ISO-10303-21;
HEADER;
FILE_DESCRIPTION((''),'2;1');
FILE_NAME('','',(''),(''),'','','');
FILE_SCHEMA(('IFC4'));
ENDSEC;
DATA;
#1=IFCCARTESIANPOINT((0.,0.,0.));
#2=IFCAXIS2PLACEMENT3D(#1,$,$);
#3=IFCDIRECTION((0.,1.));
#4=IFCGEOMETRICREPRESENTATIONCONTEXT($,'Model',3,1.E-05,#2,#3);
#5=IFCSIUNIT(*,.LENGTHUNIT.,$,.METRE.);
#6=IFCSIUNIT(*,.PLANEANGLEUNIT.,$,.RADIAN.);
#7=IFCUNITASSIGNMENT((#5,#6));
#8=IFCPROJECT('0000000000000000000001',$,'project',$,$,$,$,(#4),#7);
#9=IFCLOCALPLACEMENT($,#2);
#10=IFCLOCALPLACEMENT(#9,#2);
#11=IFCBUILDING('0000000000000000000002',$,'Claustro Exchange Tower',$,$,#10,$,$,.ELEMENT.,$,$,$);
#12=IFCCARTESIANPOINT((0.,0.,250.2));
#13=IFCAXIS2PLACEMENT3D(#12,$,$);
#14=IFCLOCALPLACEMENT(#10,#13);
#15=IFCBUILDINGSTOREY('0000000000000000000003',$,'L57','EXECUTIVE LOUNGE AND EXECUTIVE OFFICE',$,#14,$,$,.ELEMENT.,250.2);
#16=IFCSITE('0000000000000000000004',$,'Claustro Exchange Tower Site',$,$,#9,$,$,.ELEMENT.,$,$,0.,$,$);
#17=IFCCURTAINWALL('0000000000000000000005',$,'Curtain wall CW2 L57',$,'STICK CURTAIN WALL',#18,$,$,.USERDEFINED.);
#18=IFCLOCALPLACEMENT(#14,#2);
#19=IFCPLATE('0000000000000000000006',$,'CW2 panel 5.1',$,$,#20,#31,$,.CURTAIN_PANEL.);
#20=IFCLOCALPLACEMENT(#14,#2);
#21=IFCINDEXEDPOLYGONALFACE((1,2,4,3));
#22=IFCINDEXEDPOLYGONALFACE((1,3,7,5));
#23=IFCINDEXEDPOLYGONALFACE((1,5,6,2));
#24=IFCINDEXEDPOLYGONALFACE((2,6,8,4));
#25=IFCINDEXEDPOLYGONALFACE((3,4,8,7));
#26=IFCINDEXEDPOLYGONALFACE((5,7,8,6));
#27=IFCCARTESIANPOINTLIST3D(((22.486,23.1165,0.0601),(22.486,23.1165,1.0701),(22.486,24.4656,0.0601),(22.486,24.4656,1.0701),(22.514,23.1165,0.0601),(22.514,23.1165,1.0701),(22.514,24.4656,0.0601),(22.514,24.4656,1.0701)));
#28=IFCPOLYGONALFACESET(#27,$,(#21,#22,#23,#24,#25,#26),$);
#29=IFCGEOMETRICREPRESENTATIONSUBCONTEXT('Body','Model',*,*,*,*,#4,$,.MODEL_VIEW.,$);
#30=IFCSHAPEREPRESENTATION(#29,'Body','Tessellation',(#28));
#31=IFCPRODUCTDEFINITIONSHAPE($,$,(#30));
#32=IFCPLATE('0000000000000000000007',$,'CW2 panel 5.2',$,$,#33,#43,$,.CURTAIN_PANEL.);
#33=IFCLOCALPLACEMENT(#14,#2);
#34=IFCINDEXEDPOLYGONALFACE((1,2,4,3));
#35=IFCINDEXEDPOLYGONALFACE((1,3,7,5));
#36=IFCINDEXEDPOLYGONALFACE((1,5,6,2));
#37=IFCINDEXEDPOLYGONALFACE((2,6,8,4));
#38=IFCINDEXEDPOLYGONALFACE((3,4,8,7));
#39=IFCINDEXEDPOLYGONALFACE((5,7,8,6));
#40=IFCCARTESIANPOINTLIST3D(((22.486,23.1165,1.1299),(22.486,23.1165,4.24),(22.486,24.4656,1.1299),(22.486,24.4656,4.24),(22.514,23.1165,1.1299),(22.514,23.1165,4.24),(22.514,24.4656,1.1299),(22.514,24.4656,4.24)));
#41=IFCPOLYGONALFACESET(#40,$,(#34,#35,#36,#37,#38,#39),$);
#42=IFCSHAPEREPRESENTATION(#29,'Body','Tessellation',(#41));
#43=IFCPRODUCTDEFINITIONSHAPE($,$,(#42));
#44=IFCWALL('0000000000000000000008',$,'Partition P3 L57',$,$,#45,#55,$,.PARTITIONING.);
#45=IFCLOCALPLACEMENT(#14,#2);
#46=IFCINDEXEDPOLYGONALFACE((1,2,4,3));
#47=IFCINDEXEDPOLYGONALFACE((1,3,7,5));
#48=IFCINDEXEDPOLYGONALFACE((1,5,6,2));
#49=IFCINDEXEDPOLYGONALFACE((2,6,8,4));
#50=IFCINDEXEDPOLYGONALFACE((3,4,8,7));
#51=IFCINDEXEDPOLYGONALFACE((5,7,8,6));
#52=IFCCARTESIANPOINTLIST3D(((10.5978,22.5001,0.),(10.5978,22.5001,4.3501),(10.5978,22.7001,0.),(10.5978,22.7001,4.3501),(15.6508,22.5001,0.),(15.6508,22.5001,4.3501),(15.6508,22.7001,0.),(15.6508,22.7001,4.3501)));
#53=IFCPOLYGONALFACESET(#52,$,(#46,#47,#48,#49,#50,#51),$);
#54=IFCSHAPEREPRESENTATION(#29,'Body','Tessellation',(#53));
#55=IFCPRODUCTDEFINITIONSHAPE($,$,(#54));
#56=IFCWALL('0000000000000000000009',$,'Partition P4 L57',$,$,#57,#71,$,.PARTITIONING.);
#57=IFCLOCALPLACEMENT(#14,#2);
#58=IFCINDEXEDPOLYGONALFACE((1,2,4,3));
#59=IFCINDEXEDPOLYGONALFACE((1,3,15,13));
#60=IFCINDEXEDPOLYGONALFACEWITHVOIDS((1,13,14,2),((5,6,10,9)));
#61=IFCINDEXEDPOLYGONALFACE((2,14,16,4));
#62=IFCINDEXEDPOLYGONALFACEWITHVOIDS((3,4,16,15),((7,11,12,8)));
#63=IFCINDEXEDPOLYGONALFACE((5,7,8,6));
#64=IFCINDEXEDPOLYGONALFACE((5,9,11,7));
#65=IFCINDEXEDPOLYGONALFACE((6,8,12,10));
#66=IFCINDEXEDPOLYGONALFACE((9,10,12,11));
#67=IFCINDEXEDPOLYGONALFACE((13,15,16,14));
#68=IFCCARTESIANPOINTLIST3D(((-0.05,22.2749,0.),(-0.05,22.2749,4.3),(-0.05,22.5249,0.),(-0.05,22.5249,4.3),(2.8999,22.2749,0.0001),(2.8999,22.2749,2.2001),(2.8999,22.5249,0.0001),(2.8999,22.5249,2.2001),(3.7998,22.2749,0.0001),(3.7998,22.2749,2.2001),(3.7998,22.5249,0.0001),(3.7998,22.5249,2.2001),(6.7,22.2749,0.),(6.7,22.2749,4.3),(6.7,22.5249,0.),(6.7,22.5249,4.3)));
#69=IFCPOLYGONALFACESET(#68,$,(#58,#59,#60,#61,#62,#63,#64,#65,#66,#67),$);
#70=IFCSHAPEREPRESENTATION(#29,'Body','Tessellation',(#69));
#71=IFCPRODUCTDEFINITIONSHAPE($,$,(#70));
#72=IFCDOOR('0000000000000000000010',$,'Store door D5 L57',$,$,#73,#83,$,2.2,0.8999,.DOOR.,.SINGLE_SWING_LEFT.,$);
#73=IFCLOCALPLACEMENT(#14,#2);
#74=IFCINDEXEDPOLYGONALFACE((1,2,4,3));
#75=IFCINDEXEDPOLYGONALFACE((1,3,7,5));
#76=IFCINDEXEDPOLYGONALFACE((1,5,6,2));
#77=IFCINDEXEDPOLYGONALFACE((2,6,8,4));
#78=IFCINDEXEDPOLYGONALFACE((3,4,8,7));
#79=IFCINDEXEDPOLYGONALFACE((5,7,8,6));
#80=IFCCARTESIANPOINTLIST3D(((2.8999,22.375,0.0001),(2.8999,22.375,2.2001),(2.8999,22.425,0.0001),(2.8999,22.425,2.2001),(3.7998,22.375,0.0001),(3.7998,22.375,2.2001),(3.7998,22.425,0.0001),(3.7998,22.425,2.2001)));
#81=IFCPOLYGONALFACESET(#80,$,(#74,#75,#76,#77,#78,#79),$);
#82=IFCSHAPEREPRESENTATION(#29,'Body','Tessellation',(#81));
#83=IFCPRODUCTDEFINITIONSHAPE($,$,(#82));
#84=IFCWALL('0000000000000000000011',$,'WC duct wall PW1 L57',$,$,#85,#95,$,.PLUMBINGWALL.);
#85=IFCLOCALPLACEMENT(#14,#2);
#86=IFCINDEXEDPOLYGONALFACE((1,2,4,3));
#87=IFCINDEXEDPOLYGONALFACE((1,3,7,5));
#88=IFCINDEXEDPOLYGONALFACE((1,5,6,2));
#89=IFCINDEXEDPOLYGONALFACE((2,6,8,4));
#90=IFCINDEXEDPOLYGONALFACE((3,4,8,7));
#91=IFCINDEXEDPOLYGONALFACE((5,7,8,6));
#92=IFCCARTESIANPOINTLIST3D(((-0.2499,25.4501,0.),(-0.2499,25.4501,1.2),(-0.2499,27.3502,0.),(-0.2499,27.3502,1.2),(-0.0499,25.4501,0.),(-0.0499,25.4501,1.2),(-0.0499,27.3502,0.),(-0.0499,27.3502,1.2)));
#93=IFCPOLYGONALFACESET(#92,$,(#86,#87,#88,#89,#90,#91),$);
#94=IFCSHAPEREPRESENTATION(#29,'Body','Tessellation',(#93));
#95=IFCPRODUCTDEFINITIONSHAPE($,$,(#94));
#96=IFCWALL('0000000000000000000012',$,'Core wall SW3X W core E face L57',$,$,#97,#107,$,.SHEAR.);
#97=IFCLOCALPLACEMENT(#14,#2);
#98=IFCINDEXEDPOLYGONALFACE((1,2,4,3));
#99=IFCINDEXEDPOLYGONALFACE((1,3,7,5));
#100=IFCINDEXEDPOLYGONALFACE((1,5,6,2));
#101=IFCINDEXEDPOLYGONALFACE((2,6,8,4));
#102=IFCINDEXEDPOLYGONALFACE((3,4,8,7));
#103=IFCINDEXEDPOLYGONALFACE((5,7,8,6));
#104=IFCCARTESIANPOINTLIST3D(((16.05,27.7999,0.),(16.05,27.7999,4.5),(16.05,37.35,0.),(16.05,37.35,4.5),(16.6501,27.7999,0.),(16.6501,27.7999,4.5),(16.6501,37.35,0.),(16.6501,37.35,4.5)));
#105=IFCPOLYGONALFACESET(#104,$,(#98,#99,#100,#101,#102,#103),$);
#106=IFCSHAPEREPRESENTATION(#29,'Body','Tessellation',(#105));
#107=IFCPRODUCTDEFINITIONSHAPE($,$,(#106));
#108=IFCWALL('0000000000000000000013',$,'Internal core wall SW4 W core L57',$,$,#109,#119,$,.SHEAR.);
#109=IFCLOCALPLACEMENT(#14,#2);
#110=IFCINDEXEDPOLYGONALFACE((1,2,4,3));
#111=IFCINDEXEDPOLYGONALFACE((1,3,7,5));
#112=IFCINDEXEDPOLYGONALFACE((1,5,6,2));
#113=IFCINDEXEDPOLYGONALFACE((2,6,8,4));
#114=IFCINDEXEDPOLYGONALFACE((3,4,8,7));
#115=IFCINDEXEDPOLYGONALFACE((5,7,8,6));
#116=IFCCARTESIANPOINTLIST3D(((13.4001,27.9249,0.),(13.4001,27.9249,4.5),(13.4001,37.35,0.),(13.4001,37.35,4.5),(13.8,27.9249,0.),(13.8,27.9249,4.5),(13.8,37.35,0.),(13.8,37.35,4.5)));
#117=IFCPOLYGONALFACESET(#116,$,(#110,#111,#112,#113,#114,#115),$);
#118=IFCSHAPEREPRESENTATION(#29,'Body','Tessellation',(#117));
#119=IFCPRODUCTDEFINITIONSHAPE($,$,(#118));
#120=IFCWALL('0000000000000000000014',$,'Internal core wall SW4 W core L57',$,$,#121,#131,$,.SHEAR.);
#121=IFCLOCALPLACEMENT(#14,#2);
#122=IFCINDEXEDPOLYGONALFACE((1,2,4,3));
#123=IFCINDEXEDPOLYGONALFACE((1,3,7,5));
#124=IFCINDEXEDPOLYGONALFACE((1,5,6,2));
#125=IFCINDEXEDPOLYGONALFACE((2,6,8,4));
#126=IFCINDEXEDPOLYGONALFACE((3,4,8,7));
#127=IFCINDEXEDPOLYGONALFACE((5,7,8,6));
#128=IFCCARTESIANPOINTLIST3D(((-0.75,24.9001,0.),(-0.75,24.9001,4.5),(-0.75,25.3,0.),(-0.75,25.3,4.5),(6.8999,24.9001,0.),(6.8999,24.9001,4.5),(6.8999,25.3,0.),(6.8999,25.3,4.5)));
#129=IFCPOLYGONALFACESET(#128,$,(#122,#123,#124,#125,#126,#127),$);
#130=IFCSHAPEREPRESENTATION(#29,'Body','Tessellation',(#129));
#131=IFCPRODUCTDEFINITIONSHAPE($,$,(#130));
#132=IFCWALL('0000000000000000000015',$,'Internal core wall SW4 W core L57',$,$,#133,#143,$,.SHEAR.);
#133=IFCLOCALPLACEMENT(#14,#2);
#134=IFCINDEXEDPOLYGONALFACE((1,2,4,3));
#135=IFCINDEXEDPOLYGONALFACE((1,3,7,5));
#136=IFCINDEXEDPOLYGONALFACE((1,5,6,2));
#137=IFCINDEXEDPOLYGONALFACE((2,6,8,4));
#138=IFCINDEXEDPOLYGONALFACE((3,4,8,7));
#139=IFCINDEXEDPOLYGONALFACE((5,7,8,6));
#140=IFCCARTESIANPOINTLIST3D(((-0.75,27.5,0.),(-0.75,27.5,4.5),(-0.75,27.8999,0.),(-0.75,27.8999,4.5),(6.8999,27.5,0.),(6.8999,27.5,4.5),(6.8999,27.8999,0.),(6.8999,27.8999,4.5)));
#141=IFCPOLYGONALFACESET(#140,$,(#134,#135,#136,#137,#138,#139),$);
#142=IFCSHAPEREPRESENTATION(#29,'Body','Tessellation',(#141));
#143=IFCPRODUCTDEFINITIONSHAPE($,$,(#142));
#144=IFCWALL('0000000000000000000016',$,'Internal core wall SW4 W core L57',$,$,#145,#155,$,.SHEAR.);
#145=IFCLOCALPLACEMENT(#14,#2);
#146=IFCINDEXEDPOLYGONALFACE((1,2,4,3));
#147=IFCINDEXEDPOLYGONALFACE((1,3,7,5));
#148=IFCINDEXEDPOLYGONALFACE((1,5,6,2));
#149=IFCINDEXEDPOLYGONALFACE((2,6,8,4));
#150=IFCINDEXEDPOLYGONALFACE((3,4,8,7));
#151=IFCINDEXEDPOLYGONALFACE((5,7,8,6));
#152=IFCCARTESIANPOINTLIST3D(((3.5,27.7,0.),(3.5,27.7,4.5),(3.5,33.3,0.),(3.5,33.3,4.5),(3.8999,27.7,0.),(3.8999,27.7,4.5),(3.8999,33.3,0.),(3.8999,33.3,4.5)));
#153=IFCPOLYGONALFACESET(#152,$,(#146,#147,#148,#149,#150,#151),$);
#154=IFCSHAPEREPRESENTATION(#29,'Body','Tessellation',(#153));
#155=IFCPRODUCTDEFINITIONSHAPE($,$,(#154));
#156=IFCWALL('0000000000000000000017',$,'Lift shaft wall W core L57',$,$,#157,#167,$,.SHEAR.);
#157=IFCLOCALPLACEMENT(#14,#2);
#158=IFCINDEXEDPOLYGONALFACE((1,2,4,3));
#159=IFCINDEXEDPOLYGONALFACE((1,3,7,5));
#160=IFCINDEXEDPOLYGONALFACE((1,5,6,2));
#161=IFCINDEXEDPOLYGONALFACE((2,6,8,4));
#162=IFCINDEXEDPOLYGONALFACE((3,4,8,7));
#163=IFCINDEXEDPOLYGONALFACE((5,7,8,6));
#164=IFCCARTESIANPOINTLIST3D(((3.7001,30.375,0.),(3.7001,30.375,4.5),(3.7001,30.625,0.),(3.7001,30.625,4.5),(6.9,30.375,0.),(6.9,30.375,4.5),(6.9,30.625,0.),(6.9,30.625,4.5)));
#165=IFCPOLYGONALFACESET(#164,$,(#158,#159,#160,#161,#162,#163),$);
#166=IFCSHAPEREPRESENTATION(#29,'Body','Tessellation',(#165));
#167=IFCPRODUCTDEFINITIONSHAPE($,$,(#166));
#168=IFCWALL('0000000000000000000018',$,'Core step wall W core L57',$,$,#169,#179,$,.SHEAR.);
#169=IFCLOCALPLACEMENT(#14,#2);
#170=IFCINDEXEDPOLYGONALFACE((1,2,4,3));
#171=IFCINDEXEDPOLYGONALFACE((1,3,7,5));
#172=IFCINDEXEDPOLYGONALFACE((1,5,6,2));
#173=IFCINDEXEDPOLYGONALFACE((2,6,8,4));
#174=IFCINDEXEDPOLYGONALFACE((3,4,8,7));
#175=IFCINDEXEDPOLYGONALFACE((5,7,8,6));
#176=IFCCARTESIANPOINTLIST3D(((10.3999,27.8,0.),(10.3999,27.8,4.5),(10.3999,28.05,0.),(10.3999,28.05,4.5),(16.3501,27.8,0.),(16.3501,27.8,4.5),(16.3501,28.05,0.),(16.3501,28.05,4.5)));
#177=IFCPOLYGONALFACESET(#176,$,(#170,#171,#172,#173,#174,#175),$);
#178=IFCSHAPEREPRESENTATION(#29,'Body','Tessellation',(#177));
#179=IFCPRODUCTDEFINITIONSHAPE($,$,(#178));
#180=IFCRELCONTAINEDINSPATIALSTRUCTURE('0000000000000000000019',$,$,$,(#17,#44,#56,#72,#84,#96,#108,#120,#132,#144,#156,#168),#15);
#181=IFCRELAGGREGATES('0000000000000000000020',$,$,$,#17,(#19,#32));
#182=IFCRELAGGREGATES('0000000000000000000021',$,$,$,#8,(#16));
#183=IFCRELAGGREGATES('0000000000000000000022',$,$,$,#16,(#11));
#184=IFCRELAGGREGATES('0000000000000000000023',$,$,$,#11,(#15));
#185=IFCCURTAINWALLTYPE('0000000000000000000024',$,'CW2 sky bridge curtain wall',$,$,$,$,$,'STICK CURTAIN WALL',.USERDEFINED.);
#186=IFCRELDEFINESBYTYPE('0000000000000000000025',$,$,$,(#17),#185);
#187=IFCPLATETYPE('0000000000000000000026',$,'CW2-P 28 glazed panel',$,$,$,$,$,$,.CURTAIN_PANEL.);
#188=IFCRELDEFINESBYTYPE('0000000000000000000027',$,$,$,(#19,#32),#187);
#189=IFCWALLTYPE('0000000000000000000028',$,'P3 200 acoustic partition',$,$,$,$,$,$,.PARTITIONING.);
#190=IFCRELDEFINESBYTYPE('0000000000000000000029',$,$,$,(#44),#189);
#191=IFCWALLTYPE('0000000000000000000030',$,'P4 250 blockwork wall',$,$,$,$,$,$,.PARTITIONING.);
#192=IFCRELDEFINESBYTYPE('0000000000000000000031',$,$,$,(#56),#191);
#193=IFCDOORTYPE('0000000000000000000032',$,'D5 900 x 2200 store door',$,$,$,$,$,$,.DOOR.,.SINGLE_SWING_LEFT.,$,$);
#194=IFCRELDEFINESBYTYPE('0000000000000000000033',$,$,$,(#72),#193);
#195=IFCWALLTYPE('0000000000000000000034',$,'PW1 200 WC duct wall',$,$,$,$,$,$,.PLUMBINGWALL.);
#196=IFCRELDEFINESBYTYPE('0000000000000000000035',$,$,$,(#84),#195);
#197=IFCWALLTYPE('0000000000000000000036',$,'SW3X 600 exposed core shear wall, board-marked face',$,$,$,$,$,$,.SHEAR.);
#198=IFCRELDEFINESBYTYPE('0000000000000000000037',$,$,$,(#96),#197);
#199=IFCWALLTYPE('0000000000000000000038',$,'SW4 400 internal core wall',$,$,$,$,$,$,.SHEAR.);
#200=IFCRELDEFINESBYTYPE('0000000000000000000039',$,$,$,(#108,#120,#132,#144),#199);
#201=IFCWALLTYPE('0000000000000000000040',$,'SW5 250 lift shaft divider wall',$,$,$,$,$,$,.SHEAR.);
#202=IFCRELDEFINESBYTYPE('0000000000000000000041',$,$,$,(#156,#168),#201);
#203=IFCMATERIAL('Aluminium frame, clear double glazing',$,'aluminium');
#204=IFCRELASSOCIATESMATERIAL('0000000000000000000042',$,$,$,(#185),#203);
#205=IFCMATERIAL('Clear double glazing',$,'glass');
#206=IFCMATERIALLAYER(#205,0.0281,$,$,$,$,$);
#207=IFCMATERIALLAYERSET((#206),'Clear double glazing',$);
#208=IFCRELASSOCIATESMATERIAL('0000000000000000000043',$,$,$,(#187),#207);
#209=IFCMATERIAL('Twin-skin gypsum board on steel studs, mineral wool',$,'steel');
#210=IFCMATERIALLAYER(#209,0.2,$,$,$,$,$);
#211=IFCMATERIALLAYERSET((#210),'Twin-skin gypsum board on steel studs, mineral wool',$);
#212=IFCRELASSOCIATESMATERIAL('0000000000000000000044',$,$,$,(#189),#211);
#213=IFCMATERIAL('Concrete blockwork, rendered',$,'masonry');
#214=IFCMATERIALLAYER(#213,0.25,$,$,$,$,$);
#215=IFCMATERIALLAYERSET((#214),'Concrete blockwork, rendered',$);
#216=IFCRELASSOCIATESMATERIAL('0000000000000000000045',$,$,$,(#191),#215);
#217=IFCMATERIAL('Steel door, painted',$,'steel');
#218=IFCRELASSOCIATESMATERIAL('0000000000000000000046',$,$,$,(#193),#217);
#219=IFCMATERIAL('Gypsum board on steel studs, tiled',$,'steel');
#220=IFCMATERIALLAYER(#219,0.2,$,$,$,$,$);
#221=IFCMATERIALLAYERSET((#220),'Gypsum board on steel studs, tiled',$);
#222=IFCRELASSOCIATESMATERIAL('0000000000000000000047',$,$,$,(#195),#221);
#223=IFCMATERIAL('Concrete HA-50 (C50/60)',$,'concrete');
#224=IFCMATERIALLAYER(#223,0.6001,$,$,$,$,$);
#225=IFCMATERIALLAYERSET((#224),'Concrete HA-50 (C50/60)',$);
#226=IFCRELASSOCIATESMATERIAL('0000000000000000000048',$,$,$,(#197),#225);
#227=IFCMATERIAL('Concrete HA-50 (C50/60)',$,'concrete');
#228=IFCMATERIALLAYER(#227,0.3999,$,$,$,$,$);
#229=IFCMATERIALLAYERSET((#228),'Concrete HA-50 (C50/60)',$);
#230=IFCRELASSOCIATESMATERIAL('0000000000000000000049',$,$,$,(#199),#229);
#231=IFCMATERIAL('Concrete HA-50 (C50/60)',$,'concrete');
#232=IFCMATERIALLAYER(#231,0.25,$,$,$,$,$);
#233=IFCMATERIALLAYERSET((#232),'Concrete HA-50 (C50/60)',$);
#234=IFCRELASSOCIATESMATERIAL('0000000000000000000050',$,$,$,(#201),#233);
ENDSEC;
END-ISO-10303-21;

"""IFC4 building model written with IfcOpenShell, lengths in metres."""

from ifc_helpers import new_model, si_unit, direction, frame, frame_2d, origin, origin_2d, place, context, subcontext, project, spatial, rectangle, extrude, material, layer, layer_set, type_object, element, fill, aggregate, save


model = new_model("IFC4")

# Units and contexts
model_context = context("Model", 3, precision=1e-05, world=origin(), true_north=direction((0.0, 1.0)))
body_context = subcontext(model_context, "Body", "Model", "MODEL_VIEW")
ifc_project = project(units=[si_unit("LENGTHUNIT", "METRE"), si_unit("PLANEANGLEUNIT", "RADIAN")], contexts=[model_context])

# Site, building, storey
site_placement = place(None, origin())
site = spatial("IfcSite", under=ifc_project, at=site_placement, Name="Claustro Exchange Tower Site", CompositionType="ELEMENT", RefElevation=0.0)
building_placement = place(site_placement, origin())
building = spatial("IfcBuilding", under=site, at=building_placement, Name="Claustro Exchange Tower", CompositionType="ELEMENT")
storey_placement = place(building_placement, frame((0.0, 0.0, 250.2)))
storey = spatial("IfcBuildingStorey", under=building, at=storey_placement, Name="L57", Description="EXECUTIVE LOUNGE AND EXECUTIVE OFFICE", CompositionType="ELEMENT", Elevation=250.2)

# Curtain wall, plates
ifc_material_1 = material(Name="Aluminium frame, clear double glazing", Category="aluminium")
curtain_wall_type = type_object("IfcCurtainWallType", Name="CW2 sky bridge curtain wall", ElementType="STICK CURTAIN WALL", PredefinedType="USERDEFINED", material=ifc_material_1)
curtain_wall_placement = place(storey_placement, origin())
curtain_wall = element("IfcCurtainWall", 1, at=curtain_wall_placement, inside=storey, type_object=curtain_wall_type, Name="Curtain wall CW2 L57", ObjectType="STICK CURTAIN WALL", PredefinedType="USERDEFINED")
ifc_material_2 = material(Name="Clear double glazing", Category="glass")
ifc_layer_1 = layer(ifc_material_2, 0.0281)
ifc_layer_set_1 = layer_set([ifc_layer_1], Name="Clear double glazing")
plate_type = type_object("IfcPlateType", Name="CW2-P 28 glazed panel", PredefinedType="CURTAIN_PANEL", material=ifc_layer_set_1)
plate_1_placement = place(storey_placement, frame((22.5, 23.791, 0.0601), z_axis=(0.0, 0.0, 1.0), x_axis=(0.0, 1.0, 0.0)))
plate_1 = element("IfcPlate", 2, at=plate_1_placement, type_object=plate_type, Name="CW2 panel 5.1", PredefinedType="CURTAIN_PANEL", context=body_context, shape_type="SweptSolid", body=[
    extrude(rectangle(XDim=1.3491, YDim=0.0281, at=origin_2d()), origin(), (0.0, 0.0, 1.0), 1.01),
])
plate_2_placement = place(storey_placement, frame((22.5, 23.791, 1.1299), z_axis=(0.0, 0.0, 1.0), x_axis=(0.0, 1.0, 0.0)))
plate_2 = element("IfcPlate", 3, at=plate_2_placement, type_object=plate_type, Name="CW2 panel 5.2", PredefinedType="CURTAIN_PANEL", context=body_context, shape_type="SweptSolid", body=[
    extrude(rectangle(XDim=1.3491, YDim=0.0281, at=origin_2d()), origin(), (0.0, 0.0, 1.0), 3.1101),
])
aggregate(curtain_wall, [plate_1, plate_2])

# Wall
ifc_material_3 = material(Name="Twin-skin gypsum board on steel studs, mineral wool", Category="steel")
ifc_layer_2 = layer(ifc_material_3, 0.2)
ifc_layer_set_2 = layer_set([ifc_layer_2], Name="Twin-skin gypsum board on steel studs, mineral wool")
wall_type_1 = type_object("IfcWallType", Name="P3 200 acoustic partition", PredefinedType="PARTITIONING", material=ifc_layer_set_2)
wall_1_placement = place(storey_placement, frame((10.5979, 22.6001, 0.0), z_axis=(0.0, 0.0, 1.0), x_axis=(1.0, 0.0, 0.0)))
element("IfcWall", 4, at=wall_1_placement, inside=storey, type_object=wall_type_1, Name="Partition P3 L57", PredefinedType="PARTITIONING", context=body_context, shape_type="SweptSolid", body=[
    extrude(rectangle(XDim=5.053, YDim=0.2, at=frame_2d((2.5264, 0.0))), origin(), (0.0, 0.0, 1.0), 4.3501),
])

# Wall, opening, door
ifc_material_4 = material(Name="Concrete blockwork, rendered", Category="masonry")
ifc_layer_3 = layer(ifc_material_4, 0.25)
ifc_layer_set_3 = layer_set([ifc_layer_3], Name="Concrete blockwork, rendered")
wall_type_2 = type_object("IfcWallType", Name="P4 250 blockwork wall", PredefinedType="PARTITIONING", material=ifc_layer_set_3)
wall_2_placement = place(storey_placement, frame((-0.05, 22.3999, 0.0), z_axis=(0.0, 0.0, 1.0), x_axis=(1.0, 0.0, 0.0)))
wall_2 = element("IfcWall", 5, at=wall_2_placement, inside=storey, type_object=wall_type_2, Name="Partition P4 L57", PredefinedType="PARTITIONING", context=body_context, shape_type="SweptSolid", body=[
    extrude(rectangle(XDim=6.75, YDim=0.25, at=frame_2d((3.375, 0.0))), origin(), (0.0, 0.0, 1.0), 4.3),
])
opening_placement = place(wall_2_placement, frame((2.95, 0.0, 0.0)))
opening = element("IfcOpeningElement", 6, at=opening_placement, cuts=wall_2, PredefinedType="OPENING", context=body_context, shape_type="SweptSolid", body=[
    extrude(rectangle(XDim=0.8999, YDim=2.2, at=frame_2d((0.45, 1.1001))), frame((0.0, 0.135, 0.0), z_axis=(0.0, -1.0, 0.0), x_axis=(1.0, 0.0, 0.0)), (0.0, 0.0, 1.0), 0.27),
])
ifc_material_5 = material(Name="Steel door, painted", Category="steel")
door_type = type_object("IfcDoorType", Name="D5 900 x 2200 store door", OperationType="SINGLE_SWING_LEFT", PredefinedType="DOOR", material=ifc_material_5)
door_placement = place(opening_placement, frame((0.8999, 0.0, 0.0), z_axis=(0.0, 0.0, 1.0), x_axis=(-1.0, 0.0, 0.0)))
door = element("IfcDoor", 7, at=door_placement, inside=storey, type_object=door_type, Name="Store door D5 L57", OperationType="SINGLE_SWING_LEFT", OverallHeight=2.2, OverallWidth=0.8999, PredefinedType="DOOR", context=body_context, shape_type="SweptSolid", body=[
    extrude(rectangle(XDim=0.8999, YDim=2.2, at=frame_2d((0.45, 1.1001))), frame((0.0, 0.0249, 0.0), z_axis=(0.0, -1.0, 0.0), x_axis=(1.0, 0.0, 0.0)), (0.0, 0.0, 1.0), 0.05),
])
fill(opening, door)

# Walls
ifc_material_6 = material(Name="Gypsum board on steel studs, tiled", Category="steel")
ifc_layer_4 = layer(ifc_material_6, 0.2)
ifc_layer_set_4 = layer_set([ifc_layer_4], Name="Gypsum board on steel studs, tiled")
wall_type_3 = type_object("IfcWallType", Name="PW1 200 WC duct wall", PredefinedType="PLUMBINGWALL", material=ifc_layer_set_4)
wall_3_placement = place(storey_placement, frame((-0.1499, 25.45, 0.0), z_axis=(0.0, 0.0, 1.0), x_axis=(0.0, 1.0, 0.0)))
element("IfcWall", 8, at=wall_3_placement, inside=storey, type_object=wall_type_3, Name="WC duct wall PW1 L57", PredefinedType="PLUMBINGWALL", context=body_context, shape_type="SweptSolid", body=[
    extrude(rectangle(XDim=1.9001, YDim=0.2, at=frame_2d((0.9502, 0.0))), origin(), (0.0, 0.0, 1.0), 1.2),
])
ifc_material_7 = material(Name="Concrete HA-50 (C50/60)", Category="concrete")
ifc_layer_5 = layer(ifc_material_7, 0.6001)
ifc_layer_set_5 = layer_set([ifc_layer_5], Name="Concrete HA-50 (C50/60)")
wall_type_4 = type_object("IfcWallType", Name="SW3X 600 exposed core shear wall, board-marked face", PredefinedType="SHEAR", material=ifc_layer_set_5)
wall_4_placement = place(storey_placement, frame((16.3501, 27.8, 0.0), z_axis=(0.0, 0.0, 1.0), x_axis=(0.0, 1.0, 0.0)))
element("IfcWall", 9, at=wall_4_placement, inside=storey, type_object=wall_type_4, Name="Core wall SW3X W core E face L57", PredefinedType="SHEAR", context=body_context, shape_type="SweptSolid", body=[
    extrude(rectangle(XDim=9.55, YDim=0.6001, at=frame_2d((4.7749, 0.0))), origin(), (0.0, 0.0, 1.0), 4.5),
])
ifc_material_8 = material(Name="Concrete HA-50 (C50/60)", Category="concrete")
ifc_layer_6 = layer(ifc_material_8, 0.3999)
ifc_layer_set_6 = layer_set([ifc_layer_6], Name="Concrete HA-50 (C50/60)")
wall_type_5 = type_object("IfcWallType", Name="SW4 400 internal core wall", PredefinedType="SHEAR", material=ifc_layer_set_6)
wall_5_placement = place(storey_placement, frame((13.6001, 27.925, 0.0), z_axis=(0.0, 0.0, 1.0), x_axis=(0.0, 1.0, 0.0)))
element("IfcWall", 10, at=wall_5_placement, inside=storey, type_object=wall_type_5, Name="Internal core wall SW4 W core L57", PredefinedType="SHEAR", context=body_context, shape_type="SweptSolid", body=[
    extrude(rectangle(XDim=9.425, YDim=0.3999, at=frame_2d((4.7124, 0.0))), origin(), (0.0, 0.0, 1.0), 4.5),
])
for number, where, z_axis, x_axis, name in (
    (11, (-0.75, 25.1001, 0.0), (0.0, 0.0, 1.0), (1.0, 0.0, 0.0), "Internal core wall SW4 W core L57"),
    (12, (-0.75, 27.7, 0.0), (0.0, 0.0, 1.0), (1.0, 0.0, 0.0), "Internal core wall SW4 W core L57"),
):
    element("IfcWall", number, at=place(storey_placement, frame(where, z_axis=z_axis, x_axis=x_axis)), inside=storey, type_object=wall_type_5, Name=name, PredefinedType="SHEAR", context=body_context, shape_type="SweptSolid", body=[
        extrude(rectangle(XDim=7.6499, YDim=0.3999, at=frame_2d((3.825, 0.0))), origin(), (0.0, 0.0, 1.0), 4.5),
    ])
wall_6_placement = place(storey_placement, frame((3.7, 27.7, 0.0), z_axis=(0.0, 0.0, 1.0), x_axis=(0.0, 1.0, 0.0)))
element("IfcWall", 13, at=wall_6_placement, inside=storey, type_object=wall_type_5, Name="Internal core wall SW4 W core L57", PredefinedType="SHEAR", context=body_context, shape_type="SweptSolid", body=[
    extrude(rectangle(XDim=5.6001, YDim=0.3999, at=frame_2d((2.8, 0.0))), origin(), (0.0, 0.0, 1.0), 4.5),
])
ifc_material_9 = material(Name="Concrete HA-50 (C50/60)", Category="concrete")
ifc_layer_7 = layer(ifc_material_9, 0.25)
ifc_layer_set_7 = layer_set([ifc_layer_7], Name="Concrete HA-50 (C50/60)")
wall_type_6 = type_object("IfcWallType", Name="SW5 250 lift shaft divider wall", PredefinedType="SHEAR", material=ifc_layer_set_7)
wall_7_placement = place(storey_placement, frame((3.7, 30.5, 0.0), z_axis=(0.0, 0.0, 1.0), x_axis=(1.0, 0.0, 0.0)))
element("IfcWall", 14, at=wall_7_placement, inside=storey, type_object=wall_type_6, Name="Lift shaft wall W core L57", PredefinedType="SHEAR", context=body_context, shape_type="SweptSolid", body=[
    extrude(rectangle(XDim=3.2, YDim=0.25, at=frame_2d((1.6001, 0.0))), origin(), (0.0, 0.0, 1.0), 4.5),
])
wall_8_placement = place(storey_placement, frame((10.3999, 27.925, 0.0), z_axis=(0.0, 0.0, 1.0), x_axis=(1.0, 0.0, 0.0)))
element("IfcWall", 15, at=wall_8_placement, inside=storey, type_object=wall_type_6, Name="Core step wall W core L57", PredefinedType="SHEAR", context=body_context, shape_type="SweptSolid", body=[
    extrude(rectangle(XDim=5.9502, YDim=0.25, at=frame_2d((2.9751, 0.0))), origin(), (0.0, 0.0, 1.0), 4.5),
])

save(model, "model.ifc")
